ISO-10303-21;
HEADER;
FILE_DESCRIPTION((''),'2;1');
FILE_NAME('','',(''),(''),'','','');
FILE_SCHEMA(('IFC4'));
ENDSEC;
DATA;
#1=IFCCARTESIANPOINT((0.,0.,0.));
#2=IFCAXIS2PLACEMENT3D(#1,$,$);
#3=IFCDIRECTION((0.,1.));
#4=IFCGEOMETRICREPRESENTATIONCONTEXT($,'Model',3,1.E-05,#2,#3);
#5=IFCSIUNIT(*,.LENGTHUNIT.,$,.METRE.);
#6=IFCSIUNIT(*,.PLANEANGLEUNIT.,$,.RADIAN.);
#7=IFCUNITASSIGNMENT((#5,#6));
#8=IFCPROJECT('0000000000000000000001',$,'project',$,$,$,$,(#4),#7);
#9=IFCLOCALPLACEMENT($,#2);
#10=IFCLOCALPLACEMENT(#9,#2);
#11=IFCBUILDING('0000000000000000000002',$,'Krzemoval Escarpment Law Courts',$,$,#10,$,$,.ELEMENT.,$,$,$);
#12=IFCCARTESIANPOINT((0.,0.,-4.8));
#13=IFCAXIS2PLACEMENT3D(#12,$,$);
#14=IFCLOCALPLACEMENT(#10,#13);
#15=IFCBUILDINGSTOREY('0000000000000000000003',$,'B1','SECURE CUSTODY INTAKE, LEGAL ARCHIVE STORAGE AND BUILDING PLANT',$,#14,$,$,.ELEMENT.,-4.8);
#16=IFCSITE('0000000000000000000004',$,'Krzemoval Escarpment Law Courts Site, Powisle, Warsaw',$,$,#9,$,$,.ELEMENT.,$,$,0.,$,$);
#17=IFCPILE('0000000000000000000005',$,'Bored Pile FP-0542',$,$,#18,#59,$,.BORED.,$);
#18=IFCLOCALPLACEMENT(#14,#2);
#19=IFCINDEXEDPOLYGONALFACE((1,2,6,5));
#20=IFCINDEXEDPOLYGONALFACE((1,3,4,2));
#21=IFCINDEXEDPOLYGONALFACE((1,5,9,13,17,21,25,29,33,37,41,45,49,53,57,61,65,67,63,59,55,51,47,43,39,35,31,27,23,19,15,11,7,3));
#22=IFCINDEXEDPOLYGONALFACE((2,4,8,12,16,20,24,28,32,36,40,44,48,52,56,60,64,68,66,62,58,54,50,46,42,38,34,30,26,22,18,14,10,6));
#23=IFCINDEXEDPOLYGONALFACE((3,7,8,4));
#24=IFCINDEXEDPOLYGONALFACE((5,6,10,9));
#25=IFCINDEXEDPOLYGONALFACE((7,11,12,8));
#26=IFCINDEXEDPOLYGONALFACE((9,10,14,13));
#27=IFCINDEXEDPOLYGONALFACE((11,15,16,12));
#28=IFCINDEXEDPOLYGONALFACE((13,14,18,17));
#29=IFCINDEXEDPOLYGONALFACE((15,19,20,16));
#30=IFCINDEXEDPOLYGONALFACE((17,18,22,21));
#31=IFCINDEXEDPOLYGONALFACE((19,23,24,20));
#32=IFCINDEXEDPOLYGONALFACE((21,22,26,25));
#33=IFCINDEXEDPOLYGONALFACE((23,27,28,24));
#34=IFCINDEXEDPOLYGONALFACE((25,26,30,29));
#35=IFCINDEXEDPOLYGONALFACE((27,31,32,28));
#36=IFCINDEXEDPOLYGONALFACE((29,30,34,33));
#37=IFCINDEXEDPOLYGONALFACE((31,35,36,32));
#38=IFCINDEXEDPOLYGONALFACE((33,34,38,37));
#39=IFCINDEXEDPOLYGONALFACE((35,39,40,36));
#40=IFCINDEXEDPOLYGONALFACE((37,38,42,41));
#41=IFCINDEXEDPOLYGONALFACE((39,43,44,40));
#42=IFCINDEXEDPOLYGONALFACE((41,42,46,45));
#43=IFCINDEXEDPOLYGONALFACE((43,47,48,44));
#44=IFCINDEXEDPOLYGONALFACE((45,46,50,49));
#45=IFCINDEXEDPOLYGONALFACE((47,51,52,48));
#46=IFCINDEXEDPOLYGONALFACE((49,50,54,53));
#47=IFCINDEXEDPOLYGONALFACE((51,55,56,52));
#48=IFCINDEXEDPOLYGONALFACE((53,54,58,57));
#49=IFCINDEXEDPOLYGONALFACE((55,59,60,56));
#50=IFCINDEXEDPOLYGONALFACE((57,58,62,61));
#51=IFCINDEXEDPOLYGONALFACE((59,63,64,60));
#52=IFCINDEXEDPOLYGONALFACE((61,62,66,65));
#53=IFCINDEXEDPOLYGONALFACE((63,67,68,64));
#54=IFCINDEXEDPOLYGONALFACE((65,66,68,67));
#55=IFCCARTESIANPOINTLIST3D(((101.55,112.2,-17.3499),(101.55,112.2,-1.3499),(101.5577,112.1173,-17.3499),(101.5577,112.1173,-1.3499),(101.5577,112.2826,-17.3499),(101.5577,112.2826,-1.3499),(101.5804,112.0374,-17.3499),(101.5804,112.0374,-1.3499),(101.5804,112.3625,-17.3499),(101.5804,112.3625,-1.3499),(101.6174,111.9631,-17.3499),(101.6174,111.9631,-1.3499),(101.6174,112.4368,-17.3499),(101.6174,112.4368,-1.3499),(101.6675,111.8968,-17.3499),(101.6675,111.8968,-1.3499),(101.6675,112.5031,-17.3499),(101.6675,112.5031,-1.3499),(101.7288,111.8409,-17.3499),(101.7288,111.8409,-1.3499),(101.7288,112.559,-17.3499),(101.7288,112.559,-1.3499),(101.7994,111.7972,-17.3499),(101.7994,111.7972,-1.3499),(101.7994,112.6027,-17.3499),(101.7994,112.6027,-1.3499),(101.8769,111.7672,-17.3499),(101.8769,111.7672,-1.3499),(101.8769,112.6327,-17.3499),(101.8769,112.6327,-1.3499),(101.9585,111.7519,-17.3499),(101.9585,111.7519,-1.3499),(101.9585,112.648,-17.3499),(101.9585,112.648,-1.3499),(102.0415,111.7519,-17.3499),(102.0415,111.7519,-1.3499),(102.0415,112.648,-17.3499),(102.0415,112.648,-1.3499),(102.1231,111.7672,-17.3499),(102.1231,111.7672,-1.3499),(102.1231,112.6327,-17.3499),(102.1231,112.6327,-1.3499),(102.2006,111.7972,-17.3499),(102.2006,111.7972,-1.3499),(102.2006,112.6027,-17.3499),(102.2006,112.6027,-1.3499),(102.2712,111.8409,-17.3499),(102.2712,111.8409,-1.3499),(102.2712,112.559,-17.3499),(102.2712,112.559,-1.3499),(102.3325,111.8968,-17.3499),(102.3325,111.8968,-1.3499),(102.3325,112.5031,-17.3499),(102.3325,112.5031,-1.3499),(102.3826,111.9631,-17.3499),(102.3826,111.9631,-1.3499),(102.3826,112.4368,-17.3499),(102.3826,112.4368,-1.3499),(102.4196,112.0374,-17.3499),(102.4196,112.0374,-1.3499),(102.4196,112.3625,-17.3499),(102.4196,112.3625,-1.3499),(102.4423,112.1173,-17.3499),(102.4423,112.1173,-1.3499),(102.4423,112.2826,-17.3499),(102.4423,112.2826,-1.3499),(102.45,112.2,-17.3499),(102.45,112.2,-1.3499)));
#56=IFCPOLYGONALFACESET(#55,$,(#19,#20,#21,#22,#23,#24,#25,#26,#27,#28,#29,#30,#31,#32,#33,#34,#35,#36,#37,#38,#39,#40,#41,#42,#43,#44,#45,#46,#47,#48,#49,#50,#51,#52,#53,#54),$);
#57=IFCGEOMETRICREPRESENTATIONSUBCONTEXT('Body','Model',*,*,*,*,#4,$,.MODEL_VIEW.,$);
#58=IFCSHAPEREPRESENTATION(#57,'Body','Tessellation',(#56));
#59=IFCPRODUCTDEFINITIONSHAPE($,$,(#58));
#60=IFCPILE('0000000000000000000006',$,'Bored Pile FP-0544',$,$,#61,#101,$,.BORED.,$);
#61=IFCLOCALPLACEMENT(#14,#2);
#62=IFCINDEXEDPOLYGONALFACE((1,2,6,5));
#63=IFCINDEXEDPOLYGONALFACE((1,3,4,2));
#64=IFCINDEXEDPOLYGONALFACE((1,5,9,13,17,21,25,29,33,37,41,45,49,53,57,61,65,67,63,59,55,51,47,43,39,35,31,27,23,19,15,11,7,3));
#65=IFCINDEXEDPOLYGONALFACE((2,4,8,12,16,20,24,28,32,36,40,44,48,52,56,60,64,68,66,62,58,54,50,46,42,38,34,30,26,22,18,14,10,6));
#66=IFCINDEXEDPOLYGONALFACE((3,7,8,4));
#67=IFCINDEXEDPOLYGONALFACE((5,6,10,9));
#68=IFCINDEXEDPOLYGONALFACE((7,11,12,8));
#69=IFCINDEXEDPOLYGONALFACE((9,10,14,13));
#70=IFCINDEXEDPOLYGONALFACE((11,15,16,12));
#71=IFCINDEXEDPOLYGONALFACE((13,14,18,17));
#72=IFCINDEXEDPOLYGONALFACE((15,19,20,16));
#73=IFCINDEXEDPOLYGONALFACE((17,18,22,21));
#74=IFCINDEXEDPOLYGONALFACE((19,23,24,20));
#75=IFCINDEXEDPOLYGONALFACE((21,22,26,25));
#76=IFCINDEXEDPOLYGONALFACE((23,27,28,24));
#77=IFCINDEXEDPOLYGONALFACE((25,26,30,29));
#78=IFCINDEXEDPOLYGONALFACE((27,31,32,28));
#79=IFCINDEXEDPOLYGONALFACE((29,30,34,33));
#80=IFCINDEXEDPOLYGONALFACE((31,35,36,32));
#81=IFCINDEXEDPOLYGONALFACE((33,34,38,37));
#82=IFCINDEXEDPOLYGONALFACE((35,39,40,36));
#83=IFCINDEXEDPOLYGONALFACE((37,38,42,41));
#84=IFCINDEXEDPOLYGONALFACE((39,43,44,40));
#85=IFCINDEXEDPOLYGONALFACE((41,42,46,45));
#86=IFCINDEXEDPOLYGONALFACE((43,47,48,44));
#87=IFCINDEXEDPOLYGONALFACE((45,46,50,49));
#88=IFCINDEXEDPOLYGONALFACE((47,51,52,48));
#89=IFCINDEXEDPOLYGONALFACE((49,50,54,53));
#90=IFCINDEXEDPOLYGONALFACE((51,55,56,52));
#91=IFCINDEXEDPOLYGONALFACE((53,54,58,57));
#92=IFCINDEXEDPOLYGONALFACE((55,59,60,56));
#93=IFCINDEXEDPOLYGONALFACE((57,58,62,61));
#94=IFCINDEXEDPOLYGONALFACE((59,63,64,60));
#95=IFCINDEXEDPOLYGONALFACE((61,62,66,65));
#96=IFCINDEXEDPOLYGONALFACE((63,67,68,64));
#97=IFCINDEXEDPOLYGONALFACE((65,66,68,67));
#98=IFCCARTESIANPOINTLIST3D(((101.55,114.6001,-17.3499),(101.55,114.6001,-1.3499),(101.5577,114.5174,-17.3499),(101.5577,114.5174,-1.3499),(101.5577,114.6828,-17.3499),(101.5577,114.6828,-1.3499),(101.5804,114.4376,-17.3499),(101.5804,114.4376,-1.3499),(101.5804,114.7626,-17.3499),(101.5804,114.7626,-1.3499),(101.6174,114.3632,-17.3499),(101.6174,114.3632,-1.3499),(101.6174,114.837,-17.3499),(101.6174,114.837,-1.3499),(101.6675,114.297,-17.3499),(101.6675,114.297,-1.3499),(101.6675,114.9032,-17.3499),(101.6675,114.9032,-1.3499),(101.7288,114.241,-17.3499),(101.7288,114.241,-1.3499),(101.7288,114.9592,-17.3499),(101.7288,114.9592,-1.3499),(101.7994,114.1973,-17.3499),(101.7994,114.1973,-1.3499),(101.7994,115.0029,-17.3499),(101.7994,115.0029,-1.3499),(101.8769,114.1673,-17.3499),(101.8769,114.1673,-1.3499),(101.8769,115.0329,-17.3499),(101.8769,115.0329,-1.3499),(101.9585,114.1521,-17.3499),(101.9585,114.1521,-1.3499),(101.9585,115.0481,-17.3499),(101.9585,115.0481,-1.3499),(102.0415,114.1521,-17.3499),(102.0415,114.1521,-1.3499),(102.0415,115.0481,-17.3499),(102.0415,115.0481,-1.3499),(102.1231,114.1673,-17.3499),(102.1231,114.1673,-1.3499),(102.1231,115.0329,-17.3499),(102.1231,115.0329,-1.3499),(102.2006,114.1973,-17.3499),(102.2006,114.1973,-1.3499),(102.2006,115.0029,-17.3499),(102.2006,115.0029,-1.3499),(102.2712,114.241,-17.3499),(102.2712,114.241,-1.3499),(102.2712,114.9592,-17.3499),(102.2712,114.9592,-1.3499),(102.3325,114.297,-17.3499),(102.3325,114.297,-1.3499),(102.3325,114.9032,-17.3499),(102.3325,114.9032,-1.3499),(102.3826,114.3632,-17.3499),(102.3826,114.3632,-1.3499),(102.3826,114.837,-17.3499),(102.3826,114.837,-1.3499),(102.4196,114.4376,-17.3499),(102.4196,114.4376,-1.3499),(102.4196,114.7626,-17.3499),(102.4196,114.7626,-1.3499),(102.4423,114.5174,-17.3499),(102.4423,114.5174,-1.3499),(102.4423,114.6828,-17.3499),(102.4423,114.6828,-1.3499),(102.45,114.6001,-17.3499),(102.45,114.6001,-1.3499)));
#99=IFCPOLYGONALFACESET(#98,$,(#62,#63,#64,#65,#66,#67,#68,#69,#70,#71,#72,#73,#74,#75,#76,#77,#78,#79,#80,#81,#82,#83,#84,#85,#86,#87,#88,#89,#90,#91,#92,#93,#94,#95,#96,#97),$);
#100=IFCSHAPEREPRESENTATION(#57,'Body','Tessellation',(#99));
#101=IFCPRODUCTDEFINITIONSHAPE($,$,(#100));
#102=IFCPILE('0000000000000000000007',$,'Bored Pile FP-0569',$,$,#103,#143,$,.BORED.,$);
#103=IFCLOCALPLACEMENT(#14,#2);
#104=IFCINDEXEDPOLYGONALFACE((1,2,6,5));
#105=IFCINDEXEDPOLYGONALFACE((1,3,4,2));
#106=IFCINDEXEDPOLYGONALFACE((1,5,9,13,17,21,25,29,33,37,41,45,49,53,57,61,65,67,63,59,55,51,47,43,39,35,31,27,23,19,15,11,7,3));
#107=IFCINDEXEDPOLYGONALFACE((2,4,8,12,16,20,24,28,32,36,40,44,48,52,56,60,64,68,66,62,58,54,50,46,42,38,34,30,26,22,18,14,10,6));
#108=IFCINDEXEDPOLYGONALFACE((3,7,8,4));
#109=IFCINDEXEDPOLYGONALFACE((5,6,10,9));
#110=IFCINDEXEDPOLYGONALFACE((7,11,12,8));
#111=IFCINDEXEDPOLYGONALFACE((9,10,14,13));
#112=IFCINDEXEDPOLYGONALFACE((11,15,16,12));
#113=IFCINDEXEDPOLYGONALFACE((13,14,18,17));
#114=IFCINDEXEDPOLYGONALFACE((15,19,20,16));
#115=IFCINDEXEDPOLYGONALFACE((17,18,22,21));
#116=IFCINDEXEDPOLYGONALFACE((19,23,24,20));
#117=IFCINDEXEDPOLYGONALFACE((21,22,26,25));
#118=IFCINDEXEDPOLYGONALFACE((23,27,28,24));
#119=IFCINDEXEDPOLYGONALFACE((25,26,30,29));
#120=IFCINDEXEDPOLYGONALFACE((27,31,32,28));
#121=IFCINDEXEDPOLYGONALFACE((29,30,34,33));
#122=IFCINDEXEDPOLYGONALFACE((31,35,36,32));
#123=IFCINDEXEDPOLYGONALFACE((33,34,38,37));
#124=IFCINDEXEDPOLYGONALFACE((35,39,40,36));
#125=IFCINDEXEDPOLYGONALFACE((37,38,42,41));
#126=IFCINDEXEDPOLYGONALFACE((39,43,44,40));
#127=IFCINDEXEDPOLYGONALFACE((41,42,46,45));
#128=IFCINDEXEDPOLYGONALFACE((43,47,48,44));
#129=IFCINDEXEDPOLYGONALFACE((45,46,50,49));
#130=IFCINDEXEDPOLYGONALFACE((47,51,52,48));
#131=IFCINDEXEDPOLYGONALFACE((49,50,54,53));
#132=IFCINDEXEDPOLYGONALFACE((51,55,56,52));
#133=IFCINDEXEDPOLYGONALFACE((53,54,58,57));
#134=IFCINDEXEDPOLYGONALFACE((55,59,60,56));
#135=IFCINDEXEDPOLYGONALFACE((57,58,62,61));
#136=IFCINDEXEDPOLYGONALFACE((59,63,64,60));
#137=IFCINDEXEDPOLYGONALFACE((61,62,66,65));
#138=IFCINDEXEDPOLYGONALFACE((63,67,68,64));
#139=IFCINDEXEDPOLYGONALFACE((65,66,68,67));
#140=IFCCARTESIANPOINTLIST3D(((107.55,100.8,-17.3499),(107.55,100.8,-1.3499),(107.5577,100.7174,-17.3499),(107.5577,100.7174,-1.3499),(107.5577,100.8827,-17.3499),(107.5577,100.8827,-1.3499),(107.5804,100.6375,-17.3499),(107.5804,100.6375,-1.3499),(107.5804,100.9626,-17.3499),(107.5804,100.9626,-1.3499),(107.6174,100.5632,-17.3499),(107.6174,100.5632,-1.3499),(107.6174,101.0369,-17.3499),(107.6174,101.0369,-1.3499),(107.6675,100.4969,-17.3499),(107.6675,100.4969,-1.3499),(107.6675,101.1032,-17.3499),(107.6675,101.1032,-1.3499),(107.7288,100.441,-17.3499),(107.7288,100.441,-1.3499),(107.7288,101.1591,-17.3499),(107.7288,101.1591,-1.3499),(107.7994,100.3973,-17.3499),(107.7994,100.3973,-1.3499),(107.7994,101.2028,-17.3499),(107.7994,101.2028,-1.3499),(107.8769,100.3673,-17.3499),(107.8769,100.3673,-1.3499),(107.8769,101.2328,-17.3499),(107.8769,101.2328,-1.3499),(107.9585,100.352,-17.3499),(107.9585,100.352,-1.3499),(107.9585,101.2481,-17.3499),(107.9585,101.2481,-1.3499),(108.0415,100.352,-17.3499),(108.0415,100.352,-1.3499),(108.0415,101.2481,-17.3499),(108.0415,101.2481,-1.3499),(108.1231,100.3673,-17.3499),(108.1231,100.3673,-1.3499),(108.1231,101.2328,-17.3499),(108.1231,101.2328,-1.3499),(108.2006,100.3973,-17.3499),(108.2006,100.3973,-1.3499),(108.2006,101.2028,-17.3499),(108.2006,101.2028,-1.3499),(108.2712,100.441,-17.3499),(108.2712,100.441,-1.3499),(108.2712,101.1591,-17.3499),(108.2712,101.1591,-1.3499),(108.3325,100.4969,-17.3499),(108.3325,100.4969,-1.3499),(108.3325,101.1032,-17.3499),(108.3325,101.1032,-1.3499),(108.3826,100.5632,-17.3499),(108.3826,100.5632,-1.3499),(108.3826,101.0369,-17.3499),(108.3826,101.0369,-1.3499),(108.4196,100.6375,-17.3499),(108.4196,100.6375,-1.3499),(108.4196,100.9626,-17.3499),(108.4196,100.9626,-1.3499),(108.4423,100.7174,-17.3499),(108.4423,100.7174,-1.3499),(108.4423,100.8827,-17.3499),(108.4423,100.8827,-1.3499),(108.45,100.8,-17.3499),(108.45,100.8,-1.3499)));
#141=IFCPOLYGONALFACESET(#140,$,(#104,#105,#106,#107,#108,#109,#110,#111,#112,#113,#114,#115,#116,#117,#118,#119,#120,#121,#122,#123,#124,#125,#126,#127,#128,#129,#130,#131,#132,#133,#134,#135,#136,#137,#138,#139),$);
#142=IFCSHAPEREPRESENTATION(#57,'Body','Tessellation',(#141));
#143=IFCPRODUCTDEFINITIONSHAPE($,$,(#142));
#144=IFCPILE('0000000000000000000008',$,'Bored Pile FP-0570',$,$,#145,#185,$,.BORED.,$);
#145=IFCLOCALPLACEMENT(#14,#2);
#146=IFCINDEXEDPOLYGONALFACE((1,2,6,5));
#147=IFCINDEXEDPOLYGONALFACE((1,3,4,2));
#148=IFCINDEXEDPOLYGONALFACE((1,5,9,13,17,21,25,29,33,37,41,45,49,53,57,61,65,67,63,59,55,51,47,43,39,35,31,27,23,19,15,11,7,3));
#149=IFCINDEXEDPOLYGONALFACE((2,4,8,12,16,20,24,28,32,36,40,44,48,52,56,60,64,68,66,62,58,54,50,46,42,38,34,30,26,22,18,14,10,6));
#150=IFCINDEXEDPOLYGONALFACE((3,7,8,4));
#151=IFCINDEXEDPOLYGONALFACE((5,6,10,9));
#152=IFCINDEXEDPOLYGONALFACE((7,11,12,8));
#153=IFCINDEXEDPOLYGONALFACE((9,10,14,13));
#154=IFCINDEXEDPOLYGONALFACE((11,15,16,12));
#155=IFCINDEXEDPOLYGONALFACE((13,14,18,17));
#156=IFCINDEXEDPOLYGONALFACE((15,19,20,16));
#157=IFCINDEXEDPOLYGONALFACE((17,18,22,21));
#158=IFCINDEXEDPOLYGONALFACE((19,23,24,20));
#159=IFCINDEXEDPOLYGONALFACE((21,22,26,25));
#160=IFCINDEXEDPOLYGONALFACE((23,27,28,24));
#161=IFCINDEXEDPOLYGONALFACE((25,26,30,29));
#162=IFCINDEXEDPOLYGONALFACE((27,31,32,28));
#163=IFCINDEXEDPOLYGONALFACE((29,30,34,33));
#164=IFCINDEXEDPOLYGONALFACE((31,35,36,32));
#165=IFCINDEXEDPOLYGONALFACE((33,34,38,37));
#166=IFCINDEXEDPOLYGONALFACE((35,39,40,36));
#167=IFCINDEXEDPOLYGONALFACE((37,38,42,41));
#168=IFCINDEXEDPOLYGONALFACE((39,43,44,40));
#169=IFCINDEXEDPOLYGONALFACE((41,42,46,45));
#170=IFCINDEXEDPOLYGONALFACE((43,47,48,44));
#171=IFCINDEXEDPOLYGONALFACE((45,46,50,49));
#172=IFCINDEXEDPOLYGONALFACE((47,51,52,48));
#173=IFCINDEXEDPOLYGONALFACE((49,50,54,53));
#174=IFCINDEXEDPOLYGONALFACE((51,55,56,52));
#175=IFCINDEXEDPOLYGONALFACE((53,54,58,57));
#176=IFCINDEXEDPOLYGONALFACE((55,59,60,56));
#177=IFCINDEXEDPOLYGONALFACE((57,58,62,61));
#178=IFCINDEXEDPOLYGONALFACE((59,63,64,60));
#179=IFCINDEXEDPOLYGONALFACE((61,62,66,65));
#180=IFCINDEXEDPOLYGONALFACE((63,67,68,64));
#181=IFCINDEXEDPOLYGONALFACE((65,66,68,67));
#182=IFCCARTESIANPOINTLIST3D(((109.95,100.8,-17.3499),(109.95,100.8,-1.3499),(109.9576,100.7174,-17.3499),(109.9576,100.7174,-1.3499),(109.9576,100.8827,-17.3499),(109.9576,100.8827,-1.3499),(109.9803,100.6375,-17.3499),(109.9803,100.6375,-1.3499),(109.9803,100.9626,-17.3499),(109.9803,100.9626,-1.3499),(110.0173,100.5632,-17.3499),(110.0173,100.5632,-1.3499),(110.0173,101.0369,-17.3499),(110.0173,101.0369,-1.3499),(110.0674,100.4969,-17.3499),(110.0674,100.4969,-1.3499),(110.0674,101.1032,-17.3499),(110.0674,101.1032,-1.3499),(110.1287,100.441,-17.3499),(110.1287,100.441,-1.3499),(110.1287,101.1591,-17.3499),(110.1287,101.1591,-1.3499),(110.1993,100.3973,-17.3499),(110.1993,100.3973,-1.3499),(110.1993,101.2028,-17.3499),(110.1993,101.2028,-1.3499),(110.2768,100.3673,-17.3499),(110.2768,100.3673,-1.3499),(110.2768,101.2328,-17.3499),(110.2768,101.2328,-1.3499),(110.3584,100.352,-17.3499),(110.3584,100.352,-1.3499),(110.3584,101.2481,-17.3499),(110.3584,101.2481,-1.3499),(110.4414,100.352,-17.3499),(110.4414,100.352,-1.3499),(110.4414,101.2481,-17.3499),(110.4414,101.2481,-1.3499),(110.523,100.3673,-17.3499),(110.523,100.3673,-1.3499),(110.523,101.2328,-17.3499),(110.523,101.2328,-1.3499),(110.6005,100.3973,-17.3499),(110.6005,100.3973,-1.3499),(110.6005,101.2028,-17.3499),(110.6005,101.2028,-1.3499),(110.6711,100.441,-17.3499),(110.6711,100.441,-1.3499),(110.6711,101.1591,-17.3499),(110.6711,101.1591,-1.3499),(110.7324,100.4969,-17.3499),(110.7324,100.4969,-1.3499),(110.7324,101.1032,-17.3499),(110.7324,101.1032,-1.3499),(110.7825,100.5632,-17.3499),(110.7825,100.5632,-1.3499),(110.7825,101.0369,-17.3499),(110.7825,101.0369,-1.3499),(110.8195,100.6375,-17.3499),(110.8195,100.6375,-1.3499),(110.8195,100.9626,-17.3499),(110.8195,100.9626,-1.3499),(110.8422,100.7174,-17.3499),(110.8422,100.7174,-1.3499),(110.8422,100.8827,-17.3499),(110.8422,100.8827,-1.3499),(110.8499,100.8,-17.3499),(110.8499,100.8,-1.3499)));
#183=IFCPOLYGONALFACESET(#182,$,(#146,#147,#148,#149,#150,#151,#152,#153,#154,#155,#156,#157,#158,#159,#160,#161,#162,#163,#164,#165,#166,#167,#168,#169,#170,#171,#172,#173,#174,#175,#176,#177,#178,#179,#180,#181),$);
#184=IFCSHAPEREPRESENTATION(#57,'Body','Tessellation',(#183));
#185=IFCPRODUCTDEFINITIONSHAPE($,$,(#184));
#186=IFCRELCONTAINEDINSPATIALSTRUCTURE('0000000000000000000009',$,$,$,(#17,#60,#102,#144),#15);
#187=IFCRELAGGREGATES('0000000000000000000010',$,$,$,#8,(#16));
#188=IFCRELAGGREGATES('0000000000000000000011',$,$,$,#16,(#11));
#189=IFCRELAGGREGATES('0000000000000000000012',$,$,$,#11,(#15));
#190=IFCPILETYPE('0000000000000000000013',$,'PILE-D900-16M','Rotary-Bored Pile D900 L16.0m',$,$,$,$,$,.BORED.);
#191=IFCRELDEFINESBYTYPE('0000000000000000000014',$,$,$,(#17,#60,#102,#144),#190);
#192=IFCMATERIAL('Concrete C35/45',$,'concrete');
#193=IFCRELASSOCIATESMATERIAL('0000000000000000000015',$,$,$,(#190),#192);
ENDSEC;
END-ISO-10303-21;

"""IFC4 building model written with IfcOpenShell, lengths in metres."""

from ifc_helpers import new_model, si_unit, direction, frame, origin, origin_2d, place, context, subcontext, project, spatial, circle, extrude, material, material_profile, profile_set, type_object, element, save


model = new_model("IFC4")

# Units and contexts
model_context = context("Model", 3, precision=1e-05, world=origin(), true_north=direction((0.0, 1.0)))
body_context = subcontext(model_context, "Body", "Model", "MODEL_VIEW")
ifc_project = project(units=[si_unit("LENGTHUNIT", "METRE"), si_unit("PLANEANGLEUNIT", "RADIAN")], contexts=[model_context])

# Site, building, storey
site_placement = place(None, origin())
site = spatial("IfcSite", under=ifc_project, at=site_placement, Name="Krzemoval Escarpment Law Courts Site, Powisle, Warsaw", CompositionType="ELEMENT", RefElevation=0.0)
building_placement = place(site_placement, origin())
building = spatial("IfcBuilding", under=site, at=building_placement, Name="Krzemoval Escarpment Law Courts", CompositionType="ELEMENT")
storey_placement = place(building_placement, frame((0.0, 0.0, -4.8)))
storey = spatial("IfcBuildingStorey", under=building, at=storey_placement, Name="B1", Description="SECURE CUSTODY INTAKE, LEGAL ARCHIVE STORAGE AND BUILDING PLANT", CompositionType="ELEMENT", Elevation=-4.8)

# Piles
ifc_material_1 = material(Name="Concrete C35/45", Category="concrete")
ifc_material_profile_1 = material_profile(ifc_material_1, circle(Radius=0.45, at=origin_2d()), Name="PILE D900")
ifc_profile_set_1 = profile_set([ifc_material_profile_1], Name="Concrete C35/45")
pile_type = type_object("IfcPileType", Name="PILE-D900-16M", Description="Rotary-Bored Pile D900 L16.0m", PredefinedType="BORED", material=ifc_profile_set_1)
for number, where, z_axis, x_axis, name in (
    (1, (102.0, 112.2, -1.3499), (0.0, 0.0, -1.0), (1.0, 0.0, 0.0), "Bored Pile FP-0542"),
    (2, (102.0, 114.6001, -1.3499), (0.0, 0.0, -1.0), (1.0, 0.0, 0.0), "Bored Pile FP-0544"),
    (3, (108.0, 100.8, -1.3499), (0.0, 0.0, -1.0), (1.0, 0.0, 0.0), "Bored Pile FP-0569"),
    (4, (110.3999, 100.8, -1.3499), (0.0, 0.0, -1.0), (1.0, 0.0, 0.0), "Bored Pile FP-0570"),
):
    element("IfcPile", number, at=place(storey_placement, frame(where, z_axis=z_axis, x_axis=x_axis)), inside=storey, type_object=pile_type, Name=name, PredefinedType="BORED", context=body_context, shape_type="SweptSolid", body=[
        extrude(circle(Radius=0.45, at=origin_2d()), origin(), (0.0, 0.0, 1.0), 16.0),
    ])

save(model, "model.ifc")
